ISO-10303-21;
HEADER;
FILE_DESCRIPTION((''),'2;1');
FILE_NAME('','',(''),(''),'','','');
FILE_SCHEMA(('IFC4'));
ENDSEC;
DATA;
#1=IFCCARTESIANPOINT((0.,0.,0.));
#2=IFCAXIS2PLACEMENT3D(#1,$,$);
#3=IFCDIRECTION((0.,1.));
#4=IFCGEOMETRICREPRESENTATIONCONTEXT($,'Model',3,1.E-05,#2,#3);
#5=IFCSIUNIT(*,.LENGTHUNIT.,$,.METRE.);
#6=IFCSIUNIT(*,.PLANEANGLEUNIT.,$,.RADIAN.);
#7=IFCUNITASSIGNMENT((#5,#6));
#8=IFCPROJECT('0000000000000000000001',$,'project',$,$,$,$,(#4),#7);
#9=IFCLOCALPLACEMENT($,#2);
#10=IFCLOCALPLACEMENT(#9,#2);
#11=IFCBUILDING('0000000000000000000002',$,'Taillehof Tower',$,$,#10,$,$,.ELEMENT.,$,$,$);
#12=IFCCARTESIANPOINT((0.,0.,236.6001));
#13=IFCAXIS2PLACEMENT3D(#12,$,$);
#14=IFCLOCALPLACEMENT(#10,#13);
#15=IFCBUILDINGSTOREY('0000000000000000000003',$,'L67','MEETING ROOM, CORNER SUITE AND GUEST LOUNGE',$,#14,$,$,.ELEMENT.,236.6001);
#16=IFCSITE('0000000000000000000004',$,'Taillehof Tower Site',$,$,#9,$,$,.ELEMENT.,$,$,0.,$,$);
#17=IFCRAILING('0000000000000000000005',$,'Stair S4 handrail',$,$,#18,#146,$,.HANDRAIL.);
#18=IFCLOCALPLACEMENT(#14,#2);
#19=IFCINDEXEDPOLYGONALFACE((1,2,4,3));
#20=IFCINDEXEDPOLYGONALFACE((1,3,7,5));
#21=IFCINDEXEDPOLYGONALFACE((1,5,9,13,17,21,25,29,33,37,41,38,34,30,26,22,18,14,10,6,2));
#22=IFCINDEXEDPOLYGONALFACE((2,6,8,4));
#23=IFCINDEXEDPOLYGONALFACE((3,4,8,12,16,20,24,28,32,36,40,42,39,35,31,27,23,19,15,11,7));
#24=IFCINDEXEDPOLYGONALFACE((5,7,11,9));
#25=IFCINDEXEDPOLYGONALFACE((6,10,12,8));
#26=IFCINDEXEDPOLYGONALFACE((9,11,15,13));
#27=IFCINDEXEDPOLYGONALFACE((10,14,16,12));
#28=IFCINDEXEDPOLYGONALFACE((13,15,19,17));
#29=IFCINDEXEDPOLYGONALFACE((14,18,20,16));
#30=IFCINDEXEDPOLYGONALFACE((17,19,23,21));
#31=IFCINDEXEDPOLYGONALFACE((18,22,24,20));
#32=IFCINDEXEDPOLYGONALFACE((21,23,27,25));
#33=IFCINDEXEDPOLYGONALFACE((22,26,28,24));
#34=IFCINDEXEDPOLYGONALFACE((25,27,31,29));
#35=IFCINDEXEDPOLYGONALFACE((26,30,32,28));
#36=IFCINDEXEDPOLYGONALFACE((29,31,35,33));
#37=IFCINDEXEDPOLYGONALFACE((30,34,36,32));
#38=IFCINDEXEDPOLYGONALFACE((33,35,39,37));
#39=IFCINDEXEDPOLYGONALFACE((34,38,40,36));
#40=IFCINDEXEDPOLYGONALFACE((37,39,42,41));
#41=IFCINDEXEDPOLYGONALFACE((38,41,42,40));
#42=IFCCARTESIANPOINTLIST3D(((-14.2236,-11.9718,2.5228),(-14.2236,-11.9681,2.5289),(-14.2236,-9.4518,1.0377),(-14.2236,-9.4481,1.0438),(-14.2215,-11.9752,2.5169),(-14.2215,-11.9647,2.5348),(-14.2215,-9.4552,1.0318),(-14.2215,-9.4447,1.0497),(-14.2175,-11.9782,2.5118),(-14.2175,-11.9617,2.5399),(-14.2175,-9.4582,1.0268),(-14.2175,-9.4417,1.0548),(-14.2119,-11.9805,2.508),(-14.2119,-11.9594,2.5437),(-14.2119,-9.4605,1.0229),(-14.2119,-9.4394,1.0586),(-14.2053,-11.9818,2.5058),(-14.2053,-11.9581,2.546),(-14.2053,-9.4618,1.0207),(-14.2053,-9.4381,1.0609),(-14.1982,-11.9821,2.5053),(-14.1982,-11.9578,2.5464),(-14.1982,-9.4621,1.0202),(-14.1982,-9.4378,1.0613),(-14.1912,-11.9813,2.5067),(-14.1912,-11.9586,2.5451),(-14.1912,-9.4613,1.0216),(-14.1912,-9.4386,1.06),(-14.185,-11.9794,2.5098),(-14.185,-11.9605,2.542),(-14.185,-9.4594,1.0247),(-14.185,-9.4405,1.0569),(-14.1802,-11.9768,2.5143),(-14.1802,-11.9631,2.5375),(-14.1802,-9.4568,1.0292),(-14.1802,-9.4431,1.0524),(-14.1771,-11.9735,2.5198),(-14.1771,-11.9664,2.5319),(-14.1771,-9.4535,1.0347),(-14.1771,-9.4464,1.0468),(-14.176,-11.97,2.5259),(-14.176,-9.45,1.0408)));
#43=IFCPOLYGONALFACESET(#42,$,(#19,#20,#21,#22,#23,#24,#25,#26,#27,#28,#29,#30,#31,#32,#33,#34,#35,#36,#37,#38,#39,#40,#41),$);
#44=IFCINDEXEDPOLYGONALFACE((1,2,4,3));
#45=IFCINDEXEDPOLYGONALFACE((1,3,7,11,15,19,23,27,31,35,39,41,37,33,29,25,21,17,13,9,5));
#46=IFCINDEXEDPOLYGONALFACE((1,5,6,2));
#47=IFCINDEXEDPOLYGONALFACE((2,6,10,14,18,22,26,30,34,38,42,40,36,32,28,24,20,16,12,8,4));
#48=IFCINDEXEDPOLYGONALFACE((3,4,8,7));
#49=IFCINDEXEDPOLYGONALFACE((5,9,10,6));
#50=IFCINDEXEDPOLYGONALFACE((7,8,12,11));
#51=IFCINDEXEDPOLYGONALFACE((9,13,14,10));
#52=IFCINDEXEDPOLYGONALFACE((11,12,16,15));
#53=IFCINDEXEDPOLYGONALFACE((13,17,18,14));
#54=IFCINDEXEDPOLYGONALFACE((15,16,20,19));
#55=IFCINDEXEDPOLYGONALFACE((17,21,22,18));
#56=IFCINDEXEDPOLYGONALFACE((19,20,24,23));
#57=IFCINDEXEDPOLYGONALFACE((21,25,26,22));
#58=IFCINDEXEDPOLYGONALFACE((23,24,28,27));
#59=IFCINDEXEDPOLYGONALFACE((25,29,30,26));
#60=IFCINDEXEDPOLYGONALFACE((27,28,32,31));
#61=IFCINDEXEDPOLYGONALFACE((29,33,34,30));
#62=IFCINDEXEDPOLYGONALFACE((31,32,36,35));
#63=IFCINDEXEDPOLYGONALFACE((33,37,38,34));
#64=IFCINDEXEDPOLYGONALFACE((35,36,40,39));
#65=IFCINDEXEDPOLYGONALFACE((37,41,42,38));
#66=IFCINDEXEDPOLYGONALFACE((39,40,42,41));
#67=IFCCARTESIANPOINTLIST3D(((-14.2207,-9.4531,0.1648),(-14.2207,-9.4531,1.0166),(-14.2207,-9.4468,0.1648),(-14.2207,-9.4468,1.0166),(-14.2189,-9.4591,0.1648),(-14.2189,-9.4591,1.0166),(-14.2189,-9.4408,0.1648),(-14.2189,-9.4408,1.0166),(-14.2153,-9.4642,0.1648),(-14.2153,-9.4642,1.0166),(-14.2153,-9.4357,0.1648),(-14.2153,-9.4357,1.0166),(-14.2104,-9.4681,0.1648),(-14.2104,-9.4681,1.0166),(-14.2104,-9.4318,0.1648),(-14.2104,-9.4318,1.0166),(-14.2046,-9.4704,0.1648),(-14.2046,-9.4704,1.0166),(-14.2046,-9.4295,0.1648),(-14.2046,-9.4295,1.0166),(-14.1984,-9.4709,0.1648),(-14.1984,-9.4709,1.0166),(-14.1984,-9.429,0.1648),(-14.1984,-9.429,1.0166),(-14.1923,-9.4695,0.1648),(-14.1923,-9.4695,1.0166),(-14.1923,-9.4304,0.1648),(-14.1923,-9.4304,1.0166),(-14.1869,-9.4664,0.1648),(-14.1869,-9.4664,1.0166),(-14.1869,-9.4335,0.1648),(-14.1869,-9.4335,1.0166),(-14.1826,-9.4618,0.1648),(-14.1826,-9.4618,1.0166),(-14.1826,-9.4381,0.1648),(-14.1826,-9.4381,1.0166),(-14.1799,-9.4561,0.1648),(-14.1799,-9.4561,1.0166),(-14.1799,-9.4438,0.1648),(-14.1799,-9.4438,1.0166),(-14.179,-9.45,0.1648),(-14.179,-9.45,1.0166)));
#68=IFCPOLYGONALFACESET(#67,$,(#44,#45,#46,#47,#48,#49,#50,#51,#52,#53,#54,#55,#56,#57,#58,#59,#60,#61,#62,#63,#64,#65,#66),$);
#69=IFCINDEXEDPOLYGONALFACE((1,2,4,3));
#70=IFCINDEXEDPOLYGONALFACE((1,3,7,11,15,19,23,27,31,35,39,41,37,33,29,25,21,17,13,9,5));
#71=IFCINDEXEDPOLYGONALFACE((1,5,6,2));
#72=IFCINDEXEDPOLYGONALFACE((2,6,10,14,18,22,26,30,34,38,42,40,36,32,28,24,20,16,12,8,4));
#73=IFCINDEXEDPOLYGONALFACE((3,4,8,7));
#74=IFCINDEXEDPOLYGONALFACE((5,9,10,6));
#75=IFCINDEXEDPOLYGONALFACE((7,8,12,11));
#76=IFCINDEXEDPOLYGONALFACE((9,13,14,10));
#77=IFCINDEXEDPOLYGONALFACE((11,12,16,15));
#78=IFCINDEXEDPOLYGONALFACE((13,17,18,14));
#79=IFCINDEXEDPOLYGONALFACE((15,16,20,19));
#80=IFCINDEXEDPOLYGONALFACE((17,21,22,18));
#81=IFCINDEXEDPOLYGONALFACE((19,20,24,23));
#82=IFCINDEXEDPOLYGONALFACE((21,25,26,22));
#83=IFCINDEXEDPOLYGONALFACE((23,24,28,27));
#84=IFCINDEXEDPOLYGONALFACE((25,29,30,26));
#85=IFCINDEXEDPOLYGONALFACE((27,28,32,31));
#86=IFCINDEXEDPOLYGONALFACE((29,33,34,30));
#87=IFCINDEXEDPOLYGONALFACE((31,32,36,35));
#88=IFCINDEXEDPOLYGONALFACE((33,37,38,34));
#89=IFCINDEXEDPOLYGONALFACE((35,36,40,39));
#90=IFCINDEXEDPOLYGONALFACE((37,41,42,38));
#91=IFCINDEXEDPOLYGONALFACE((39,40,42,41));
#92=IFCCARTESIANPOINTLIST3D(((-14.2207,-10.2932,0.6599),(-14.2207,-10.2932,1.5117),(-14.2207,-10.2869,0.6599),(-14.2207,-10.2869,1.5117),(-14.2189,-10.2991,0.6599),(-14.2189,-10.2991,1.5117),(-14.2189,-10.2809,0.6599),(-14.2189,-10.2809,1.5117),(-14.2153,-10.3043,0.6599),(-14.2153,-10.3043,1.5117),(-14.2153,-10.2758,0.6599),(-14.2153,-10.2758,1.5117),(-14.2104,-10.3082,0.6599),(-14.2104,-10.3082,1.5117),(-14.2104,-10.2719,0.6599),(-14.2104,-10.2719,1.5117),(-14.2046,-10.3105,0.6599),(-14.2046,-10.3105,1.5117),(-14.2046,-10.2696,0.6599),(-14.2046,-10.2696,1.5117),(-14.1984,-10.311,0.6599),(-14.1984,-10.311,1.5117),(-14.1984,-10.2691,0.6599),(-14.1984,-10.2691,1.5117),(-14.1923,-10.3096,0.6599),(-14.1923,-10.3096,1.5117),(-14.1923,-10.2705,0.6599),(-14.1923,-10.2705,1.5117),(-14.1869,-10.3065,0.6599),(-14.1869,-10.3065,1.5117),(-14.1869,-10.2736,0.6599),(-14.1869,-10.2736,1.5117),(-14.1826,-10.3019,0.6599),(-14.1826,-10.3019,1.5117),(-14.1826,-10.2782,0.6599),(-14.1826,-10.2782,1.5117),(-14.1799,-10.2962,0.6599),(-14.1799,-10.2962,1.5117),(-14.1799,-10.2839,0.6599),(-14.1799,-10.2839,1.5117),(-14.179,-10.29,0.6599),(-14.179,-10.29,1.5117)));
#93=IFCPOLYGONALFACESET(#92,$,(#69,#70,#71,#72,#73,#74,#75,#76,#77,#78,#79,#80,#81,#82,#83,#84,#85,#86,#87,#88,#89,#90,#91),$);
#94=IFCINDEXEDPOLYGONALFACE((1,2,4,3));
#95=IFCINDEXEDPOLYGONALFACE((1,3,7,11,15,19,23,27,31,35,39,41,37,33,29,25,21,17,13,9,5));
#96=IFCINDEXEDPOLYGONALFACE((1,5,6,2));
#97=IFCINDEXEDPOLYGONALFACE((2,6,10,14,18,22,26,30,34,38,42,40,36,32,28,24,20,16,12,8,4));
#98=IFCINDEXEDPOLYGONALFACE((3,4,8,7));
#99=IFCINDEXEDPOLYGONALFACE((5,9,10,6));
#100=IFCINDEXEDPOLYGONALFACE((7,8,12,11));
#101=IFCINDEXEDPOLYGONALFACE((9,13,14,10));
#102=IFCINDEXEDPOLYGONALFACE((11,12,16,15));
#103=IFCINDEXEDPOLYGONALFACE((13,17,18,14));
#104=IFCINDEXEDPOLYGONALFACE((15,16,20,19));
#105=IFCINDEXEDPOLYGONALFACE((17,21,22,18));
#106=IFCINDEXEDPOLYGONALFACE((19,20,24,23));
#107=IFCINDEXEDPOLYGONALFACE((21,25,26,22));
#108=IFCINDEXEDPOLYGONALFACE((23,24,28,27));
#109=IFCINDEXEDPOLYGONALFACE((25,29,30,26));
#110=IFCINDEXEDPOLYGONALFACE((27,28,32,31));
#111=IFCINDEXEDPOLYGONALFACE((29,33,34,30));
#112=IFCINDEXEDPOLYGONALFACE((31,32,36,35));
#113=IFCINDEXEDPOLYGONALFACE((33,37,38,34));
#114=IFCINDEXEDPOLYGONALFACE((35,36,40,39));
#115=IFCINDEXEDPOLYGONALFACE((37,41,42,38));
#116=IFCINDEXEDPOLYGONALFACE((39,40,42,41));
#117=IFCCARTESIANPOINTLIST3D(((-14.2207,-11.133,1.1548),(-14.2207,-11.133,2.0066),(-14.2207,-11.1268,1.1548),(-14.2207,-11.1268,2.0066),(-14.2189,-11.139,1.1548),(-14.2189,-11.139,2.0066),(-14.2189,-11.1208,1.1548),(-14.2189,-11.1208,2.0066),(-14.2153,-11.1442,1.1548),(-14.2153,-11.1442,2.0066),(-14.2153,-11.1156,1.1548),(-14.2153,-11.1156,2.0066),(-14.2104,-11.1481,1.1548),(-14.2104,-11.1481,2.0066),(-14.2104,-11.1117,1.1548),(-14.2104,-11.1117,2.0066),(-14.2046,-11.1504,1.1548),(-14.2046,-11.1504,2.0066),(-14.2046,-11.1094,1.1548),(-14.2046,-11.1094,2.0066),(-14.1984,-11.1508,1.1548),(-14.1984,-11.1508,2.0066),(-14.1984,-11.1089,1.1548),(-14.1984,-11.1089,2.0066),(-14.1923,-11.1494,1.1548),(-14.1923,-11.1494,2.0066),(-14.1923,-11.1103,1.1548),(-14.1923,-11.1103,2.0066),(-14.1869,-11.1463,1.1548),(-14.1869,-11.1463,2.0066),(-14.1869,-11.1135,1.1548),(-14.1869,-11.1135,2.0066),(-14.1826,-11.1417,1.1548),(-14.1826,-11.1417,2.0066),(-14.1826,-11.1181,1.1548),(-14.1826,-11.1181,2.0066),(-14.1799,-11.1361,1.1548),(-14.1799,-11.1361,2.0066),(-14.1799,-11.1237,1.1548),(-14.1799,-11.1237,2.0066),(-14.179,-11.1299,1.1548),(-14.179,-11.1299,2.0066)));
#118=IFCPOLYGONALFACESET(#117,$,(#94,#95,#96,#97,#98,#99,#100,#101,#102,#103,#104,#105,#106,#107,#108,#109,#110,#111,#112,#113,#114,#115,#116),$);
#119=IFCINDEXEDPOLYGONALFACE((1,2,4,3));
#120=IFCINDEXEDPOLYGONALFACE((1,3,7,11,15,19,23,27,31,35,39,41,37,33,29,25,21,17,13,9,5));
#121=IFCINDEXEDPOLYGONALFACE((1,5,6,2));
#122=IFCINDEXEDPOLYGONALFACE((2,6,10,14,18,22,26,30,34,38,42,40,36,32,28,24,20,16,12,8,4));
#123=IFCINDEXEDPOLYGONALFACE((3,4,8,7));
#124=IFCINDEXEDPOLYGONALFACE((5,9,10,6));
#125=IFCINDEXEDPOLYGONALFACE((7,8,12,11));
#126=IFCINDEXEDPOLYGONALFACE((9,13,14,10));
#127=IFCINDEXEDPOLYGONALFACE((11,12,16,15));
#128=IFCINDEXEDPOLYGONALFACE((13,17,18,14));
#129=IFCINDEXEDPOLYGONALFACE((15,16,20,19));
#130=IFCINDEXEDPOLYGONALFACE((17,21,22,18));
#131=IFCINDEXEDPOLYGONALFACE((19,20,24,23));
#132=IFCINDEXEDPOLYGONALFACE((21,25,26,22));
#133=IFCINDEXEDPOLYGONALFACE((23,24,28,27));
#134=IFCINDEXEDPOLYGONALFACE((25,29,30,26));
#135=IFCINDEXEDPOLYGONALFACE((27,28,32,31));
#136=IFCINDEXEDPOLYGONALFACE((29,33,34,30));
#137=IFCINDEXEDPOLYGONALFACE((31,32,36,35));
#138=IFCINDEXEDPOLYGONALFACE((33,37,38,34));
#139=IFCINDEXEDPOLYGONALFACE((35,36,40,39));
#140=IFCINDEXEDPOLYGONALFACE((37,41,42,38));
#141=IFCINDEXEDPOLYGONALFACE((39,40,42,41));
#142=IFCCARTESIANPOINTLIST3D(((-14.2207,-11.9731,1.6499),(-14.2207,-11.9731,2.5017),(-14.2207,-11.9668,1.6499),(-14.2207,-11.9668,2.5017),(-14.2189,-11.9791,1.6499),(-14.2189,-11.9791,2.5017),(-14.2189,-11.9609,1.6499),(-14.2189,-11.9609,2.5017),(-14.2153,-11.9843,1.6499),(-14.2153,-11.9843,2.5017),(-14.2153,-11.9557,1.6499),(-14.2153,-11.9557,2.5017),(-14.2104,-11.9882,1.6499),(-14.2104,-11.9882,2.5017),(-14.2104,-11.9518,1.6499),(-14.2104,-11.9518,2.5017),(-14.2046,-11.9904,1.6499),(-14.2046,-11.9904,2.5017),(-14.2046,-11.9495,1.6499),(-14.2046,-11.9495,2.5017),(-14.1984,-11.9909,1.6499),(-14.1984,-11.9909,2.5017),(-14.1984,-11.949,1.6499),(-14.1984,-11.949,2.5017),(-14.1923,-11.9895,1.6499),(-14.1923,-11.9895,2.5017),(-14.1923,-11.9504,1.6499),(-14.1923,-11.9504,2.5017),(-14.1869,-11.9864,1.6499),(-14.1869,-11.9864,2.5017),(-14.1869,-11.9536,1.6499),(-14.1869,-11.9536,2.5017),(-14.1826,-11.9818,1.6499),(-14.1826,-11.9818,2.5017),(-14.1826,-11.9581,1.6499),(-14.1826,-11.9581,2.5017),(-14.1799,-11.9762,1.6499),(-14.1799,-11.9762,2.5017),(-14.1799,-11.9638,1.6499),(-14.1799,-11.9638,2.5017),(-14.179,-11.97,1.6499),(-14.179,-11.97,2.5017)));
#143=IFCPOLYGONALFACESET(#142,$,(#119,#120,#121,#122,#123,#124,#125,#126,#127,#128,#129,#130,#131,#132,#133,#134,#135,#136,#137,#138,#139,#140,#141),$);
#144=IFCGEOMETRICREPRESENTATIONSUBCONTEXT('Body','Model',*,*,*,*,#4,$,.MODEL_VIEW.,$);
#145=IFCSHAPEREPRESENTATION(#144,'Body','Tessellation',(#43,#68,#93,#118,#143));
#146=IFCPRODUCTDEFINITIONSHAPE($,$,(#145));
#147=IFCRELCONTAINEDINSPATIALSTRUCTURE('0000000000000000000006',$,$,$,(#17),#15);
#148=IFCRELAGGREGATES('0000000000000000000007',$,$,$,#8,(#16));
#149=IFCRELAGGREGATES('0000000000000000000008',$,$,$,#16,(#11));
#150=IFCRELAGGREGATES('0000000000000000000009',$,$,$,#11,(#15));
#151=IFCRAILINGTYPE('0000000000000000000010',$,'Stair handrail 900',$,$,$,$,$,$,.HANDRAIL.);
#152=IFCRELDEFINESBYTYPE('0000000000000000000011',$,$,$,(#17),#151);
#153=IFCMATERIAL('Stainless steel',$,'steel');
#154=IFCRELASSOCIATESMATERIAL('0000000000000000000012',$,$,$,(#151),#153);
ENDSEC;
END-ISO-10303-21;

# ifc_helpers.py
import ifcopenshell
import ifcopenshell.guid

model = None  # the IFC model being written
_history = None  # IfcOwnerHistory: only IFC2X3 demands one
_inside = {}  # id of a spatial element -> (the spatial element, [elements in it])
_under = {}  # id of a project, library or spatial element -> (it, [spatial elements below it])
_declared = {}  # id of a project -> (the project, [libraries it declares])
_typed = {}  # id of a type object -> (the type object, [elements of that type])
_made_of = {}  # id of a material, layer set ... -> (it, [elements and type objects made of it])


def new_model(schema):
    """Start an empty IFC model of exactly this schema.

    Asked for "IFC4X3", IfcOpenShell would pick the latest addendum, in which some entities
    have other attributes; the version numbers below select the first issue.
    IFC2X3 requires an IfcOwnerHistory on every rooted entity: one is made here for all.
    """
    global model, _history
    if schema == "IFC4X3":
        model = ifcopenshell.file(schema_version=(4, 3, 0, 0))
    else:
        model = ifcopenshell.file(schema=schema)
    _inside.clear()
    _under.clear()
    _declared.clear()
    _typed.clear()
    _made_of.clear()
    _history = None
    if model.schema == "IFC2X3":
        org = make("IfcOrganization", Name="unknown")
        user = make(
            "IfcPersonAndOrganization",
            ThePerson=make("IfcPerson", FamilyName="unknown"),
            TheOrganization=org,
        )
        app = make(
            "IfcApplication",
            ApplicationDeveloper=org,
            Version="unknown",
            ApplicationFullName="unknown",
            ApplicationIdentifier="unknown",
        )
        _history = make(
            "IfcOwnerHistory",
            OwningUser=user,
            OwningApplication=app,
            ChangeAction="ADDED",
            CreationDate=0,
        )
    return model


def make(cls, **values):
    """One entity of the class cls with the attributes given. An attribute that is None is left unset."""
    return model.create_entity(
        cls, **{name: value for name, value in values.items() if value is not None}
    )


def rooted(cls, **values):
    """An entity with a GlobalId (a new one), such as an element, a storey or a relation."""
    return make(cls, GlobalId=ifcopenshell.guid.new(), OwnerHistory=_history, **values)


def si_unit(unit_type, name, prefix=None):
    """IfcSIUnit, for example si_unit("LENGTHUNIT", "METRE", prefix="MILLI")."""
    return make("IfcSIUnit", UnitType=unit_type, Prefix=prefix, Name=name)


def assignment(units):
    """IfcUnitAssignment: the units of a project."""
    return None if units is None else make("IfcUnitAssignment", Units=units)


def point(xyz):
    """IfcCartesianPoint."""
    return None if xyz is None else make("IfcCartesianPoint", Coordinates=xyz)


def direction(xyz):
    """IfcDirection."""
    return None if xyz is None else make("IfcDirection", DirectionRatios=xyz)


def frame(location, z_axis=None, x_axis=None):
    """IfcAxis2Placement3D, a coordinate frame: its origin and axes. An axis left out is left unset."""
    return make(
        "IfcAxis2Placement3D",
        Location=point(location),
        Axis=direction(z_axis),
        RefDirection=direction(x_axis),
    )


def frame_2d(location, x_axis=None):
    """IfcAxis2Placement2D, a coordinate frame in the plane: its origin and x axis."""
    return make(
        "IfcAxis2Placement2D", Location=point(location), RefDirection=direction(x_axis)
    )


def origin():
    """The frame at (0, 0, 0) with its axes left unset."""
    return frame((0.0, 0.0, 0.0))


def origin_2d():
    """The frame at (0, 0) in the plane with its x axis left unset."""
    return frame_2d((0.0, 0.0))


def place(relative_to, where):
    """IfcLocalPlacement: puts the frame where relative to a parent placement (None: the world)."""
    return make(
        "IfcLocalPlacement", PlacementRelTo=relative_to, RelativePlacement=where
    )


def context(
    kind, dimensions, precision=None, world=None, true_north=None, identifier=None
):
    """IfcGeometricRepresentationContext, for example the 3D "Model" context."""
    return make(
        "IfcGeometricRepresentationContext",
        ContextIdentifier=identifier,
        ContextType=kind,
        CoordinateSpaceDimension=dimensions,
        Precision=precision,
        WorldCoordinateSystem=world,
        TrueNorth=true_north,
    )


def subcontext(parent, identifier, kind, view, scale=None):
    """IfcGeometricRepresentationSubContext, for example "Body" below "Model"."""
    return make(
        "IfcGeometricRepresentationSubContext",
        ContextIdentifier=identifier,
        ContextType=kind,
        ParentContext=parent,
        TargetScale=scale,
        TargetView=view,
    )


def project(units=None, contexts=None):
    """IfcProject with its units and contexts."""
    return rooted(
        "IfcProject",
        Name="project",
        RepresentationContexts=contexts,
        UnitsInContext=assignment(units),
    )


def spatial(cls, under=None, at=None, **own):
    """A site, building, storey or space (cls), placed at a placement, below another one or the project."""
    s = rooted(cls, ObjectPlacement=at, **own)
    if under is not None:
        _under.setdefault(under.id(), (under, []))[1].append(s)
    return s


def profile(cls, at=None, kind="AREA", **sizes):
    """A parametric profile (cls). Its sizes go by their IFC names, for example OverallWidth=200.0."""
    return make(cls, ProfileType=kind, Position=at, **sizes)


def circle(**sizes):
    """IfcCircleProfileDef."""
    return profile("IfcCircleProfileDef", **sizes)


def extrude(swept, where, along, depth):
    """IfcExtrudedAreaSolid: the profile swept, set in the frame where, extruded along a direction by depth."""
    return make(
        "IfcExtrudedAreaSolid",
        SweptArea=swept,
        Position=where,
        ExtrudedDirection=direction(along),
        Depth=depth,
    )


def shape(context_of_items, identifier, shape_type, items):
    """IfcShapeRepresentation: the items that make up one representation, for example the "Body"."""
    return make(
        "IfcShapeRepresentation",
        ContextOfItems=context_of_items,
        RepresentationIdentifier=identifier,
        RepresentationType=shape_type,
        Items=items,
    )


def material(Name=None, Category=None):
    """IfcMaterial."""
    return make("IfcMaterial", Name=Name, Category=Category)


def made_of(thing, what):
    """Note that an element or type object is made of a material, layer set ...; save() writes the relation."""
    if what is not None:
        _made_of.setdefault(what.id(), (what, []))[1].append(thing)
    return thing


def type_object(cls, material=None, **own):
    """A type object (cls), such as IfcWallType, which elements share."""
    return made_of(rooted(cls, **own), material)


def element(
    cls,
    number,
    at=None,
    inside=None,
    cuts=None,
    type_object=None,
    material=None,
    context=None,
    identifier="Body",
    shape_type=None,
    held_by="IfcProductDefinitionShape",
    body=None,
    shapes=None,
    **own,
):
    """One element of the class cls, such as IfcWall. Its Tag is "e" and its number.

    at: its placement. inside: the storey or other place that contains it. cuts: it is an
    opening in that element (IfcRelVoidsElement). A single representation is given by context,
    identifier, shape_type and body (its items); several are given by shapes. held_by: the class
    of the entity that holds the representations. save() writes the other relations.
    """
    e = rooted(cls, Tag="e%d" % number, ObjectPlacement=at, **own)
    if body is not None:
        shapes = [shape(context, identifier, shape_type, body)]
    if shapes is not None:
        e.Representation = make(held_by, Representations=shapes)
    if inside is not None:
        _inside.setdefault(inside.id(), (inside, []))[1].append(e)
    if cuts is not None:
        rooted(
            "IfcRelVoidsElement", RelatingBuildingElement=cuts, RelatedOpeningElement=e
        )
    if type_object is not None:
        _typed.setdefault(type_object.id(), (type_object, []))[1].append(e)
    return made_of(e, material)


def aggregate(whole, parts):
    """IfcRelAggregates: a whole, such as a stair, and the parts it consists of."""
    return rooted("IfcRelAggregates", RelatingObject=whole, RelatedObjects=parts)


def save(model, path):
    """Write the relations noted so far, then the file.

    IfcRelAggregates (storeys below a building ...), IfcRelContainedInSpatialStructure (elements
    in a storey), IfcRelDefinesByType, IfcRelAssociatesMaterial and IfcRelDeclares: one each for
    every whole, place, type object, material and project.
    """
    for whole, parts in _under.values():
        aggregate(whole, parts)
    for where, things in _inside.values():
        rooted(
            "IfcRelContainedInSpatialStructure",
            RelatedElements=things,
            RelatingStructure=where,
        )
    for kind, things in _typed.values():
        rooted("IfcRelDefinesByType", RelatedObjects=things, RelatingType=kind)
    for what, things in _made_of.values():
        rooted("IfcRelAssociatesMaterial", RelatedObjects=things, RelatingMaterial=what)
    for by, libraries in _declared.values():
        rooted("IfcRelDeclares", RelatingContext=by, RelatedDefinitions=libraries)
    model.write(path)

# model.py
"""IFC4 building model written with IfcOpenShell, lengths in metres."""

from ifc_helpers import new_model, si_unit, direction, frame, origin, origin_2d, place, context, subcontext, project, spatial, circle, extrude, material, type_object, element, save


model = new_model("IFC4")

# Units and contexts
model_context = context("Model", 3, precision=1e-05, world=origin(), true_north=direction((0.0, 1.0)))
body_context = subcontext(model_context, "Body", "Model", "MODEL_VIEW")
ifc_project = project(units=[si_unit("LENGTHUNIT", "METRE"), si_unit("PLANEANGLEUNIT", "RADIAN")], contexts=[model_context])

# Site, building, storey
site_placement = place(None, origin())
site = spatial("IfcSite", under=ifc_project, at=site_placement, Name="Taillehof Tower Site", CompositionType="ELEMENT", RefElevation=0.0)
building_placement = place(site_placement, origin())
building = spatial("IfcBuilding", under=site, at=building_placement, Name="Taillehof Tower", CompositionType="ELEMENT")
storey_placement = place(building_placement, frame((0.0, 0.0, 236.6001)))
storey = spatial("IfcBuildingStorey", under=building, at=storey_placement, Name="L67", Description="MEETING ROOM, CORNER SUITE AND GUEST LOUNGE", CompositionType="ELEMENT", Elevation=236.6001)

# Railing
ifc_material_1 = material(Name="Stainless steel", Category="steel")
railing_type = type_object("IfcRailingType", Name="Stair handrail 900", PredefinedType="HANDRAIL", material=ifc_material_1)
railing_placement = place(storey_placement, frame((-14.2, -9.45, 0.1648)))
element("IfcRailing", 1, at=railing_placement, inside=storey, type_object=railing_type, Name="Stair S4 handrail", PredefinedType="HANDRAIL", context=body_context, shape_type="SweptSolid", body=[
    extrude(circle(Radius=0.0239, at=origin_2d()), frame((0.0, 0.0, 0.876), z_axis=(0.0, -0.861524, 0.507717), x_axis=(1.0, 0.0, 0.0)), (0.0, 0.0, 1.0), 2.925),
    extrude(circle(Radius=0.021, at=origin_2d()), origin(), (0.0, 0.0, 1.0), 0.8518),
    extrude(circle(Radius=0.021, at=origin_2d()), frame((0.0, -0.8401, 0.4951)), (0.0, 0.0, 1.0), 0.8518),
    extrude(circle(Radius=0.021, at=origin_2d()), frame((0.0, -1.6799, 0.99)), (0.0, 0.0, 1.0), 0.8518),
    extrude(circle(Radius=0.021, at=origin_2d()), frame((0.0, -2.52, 1.4851)), (0.0, 0.0, 1.0), 0.8518),
])

save(model, "model.ifc")
